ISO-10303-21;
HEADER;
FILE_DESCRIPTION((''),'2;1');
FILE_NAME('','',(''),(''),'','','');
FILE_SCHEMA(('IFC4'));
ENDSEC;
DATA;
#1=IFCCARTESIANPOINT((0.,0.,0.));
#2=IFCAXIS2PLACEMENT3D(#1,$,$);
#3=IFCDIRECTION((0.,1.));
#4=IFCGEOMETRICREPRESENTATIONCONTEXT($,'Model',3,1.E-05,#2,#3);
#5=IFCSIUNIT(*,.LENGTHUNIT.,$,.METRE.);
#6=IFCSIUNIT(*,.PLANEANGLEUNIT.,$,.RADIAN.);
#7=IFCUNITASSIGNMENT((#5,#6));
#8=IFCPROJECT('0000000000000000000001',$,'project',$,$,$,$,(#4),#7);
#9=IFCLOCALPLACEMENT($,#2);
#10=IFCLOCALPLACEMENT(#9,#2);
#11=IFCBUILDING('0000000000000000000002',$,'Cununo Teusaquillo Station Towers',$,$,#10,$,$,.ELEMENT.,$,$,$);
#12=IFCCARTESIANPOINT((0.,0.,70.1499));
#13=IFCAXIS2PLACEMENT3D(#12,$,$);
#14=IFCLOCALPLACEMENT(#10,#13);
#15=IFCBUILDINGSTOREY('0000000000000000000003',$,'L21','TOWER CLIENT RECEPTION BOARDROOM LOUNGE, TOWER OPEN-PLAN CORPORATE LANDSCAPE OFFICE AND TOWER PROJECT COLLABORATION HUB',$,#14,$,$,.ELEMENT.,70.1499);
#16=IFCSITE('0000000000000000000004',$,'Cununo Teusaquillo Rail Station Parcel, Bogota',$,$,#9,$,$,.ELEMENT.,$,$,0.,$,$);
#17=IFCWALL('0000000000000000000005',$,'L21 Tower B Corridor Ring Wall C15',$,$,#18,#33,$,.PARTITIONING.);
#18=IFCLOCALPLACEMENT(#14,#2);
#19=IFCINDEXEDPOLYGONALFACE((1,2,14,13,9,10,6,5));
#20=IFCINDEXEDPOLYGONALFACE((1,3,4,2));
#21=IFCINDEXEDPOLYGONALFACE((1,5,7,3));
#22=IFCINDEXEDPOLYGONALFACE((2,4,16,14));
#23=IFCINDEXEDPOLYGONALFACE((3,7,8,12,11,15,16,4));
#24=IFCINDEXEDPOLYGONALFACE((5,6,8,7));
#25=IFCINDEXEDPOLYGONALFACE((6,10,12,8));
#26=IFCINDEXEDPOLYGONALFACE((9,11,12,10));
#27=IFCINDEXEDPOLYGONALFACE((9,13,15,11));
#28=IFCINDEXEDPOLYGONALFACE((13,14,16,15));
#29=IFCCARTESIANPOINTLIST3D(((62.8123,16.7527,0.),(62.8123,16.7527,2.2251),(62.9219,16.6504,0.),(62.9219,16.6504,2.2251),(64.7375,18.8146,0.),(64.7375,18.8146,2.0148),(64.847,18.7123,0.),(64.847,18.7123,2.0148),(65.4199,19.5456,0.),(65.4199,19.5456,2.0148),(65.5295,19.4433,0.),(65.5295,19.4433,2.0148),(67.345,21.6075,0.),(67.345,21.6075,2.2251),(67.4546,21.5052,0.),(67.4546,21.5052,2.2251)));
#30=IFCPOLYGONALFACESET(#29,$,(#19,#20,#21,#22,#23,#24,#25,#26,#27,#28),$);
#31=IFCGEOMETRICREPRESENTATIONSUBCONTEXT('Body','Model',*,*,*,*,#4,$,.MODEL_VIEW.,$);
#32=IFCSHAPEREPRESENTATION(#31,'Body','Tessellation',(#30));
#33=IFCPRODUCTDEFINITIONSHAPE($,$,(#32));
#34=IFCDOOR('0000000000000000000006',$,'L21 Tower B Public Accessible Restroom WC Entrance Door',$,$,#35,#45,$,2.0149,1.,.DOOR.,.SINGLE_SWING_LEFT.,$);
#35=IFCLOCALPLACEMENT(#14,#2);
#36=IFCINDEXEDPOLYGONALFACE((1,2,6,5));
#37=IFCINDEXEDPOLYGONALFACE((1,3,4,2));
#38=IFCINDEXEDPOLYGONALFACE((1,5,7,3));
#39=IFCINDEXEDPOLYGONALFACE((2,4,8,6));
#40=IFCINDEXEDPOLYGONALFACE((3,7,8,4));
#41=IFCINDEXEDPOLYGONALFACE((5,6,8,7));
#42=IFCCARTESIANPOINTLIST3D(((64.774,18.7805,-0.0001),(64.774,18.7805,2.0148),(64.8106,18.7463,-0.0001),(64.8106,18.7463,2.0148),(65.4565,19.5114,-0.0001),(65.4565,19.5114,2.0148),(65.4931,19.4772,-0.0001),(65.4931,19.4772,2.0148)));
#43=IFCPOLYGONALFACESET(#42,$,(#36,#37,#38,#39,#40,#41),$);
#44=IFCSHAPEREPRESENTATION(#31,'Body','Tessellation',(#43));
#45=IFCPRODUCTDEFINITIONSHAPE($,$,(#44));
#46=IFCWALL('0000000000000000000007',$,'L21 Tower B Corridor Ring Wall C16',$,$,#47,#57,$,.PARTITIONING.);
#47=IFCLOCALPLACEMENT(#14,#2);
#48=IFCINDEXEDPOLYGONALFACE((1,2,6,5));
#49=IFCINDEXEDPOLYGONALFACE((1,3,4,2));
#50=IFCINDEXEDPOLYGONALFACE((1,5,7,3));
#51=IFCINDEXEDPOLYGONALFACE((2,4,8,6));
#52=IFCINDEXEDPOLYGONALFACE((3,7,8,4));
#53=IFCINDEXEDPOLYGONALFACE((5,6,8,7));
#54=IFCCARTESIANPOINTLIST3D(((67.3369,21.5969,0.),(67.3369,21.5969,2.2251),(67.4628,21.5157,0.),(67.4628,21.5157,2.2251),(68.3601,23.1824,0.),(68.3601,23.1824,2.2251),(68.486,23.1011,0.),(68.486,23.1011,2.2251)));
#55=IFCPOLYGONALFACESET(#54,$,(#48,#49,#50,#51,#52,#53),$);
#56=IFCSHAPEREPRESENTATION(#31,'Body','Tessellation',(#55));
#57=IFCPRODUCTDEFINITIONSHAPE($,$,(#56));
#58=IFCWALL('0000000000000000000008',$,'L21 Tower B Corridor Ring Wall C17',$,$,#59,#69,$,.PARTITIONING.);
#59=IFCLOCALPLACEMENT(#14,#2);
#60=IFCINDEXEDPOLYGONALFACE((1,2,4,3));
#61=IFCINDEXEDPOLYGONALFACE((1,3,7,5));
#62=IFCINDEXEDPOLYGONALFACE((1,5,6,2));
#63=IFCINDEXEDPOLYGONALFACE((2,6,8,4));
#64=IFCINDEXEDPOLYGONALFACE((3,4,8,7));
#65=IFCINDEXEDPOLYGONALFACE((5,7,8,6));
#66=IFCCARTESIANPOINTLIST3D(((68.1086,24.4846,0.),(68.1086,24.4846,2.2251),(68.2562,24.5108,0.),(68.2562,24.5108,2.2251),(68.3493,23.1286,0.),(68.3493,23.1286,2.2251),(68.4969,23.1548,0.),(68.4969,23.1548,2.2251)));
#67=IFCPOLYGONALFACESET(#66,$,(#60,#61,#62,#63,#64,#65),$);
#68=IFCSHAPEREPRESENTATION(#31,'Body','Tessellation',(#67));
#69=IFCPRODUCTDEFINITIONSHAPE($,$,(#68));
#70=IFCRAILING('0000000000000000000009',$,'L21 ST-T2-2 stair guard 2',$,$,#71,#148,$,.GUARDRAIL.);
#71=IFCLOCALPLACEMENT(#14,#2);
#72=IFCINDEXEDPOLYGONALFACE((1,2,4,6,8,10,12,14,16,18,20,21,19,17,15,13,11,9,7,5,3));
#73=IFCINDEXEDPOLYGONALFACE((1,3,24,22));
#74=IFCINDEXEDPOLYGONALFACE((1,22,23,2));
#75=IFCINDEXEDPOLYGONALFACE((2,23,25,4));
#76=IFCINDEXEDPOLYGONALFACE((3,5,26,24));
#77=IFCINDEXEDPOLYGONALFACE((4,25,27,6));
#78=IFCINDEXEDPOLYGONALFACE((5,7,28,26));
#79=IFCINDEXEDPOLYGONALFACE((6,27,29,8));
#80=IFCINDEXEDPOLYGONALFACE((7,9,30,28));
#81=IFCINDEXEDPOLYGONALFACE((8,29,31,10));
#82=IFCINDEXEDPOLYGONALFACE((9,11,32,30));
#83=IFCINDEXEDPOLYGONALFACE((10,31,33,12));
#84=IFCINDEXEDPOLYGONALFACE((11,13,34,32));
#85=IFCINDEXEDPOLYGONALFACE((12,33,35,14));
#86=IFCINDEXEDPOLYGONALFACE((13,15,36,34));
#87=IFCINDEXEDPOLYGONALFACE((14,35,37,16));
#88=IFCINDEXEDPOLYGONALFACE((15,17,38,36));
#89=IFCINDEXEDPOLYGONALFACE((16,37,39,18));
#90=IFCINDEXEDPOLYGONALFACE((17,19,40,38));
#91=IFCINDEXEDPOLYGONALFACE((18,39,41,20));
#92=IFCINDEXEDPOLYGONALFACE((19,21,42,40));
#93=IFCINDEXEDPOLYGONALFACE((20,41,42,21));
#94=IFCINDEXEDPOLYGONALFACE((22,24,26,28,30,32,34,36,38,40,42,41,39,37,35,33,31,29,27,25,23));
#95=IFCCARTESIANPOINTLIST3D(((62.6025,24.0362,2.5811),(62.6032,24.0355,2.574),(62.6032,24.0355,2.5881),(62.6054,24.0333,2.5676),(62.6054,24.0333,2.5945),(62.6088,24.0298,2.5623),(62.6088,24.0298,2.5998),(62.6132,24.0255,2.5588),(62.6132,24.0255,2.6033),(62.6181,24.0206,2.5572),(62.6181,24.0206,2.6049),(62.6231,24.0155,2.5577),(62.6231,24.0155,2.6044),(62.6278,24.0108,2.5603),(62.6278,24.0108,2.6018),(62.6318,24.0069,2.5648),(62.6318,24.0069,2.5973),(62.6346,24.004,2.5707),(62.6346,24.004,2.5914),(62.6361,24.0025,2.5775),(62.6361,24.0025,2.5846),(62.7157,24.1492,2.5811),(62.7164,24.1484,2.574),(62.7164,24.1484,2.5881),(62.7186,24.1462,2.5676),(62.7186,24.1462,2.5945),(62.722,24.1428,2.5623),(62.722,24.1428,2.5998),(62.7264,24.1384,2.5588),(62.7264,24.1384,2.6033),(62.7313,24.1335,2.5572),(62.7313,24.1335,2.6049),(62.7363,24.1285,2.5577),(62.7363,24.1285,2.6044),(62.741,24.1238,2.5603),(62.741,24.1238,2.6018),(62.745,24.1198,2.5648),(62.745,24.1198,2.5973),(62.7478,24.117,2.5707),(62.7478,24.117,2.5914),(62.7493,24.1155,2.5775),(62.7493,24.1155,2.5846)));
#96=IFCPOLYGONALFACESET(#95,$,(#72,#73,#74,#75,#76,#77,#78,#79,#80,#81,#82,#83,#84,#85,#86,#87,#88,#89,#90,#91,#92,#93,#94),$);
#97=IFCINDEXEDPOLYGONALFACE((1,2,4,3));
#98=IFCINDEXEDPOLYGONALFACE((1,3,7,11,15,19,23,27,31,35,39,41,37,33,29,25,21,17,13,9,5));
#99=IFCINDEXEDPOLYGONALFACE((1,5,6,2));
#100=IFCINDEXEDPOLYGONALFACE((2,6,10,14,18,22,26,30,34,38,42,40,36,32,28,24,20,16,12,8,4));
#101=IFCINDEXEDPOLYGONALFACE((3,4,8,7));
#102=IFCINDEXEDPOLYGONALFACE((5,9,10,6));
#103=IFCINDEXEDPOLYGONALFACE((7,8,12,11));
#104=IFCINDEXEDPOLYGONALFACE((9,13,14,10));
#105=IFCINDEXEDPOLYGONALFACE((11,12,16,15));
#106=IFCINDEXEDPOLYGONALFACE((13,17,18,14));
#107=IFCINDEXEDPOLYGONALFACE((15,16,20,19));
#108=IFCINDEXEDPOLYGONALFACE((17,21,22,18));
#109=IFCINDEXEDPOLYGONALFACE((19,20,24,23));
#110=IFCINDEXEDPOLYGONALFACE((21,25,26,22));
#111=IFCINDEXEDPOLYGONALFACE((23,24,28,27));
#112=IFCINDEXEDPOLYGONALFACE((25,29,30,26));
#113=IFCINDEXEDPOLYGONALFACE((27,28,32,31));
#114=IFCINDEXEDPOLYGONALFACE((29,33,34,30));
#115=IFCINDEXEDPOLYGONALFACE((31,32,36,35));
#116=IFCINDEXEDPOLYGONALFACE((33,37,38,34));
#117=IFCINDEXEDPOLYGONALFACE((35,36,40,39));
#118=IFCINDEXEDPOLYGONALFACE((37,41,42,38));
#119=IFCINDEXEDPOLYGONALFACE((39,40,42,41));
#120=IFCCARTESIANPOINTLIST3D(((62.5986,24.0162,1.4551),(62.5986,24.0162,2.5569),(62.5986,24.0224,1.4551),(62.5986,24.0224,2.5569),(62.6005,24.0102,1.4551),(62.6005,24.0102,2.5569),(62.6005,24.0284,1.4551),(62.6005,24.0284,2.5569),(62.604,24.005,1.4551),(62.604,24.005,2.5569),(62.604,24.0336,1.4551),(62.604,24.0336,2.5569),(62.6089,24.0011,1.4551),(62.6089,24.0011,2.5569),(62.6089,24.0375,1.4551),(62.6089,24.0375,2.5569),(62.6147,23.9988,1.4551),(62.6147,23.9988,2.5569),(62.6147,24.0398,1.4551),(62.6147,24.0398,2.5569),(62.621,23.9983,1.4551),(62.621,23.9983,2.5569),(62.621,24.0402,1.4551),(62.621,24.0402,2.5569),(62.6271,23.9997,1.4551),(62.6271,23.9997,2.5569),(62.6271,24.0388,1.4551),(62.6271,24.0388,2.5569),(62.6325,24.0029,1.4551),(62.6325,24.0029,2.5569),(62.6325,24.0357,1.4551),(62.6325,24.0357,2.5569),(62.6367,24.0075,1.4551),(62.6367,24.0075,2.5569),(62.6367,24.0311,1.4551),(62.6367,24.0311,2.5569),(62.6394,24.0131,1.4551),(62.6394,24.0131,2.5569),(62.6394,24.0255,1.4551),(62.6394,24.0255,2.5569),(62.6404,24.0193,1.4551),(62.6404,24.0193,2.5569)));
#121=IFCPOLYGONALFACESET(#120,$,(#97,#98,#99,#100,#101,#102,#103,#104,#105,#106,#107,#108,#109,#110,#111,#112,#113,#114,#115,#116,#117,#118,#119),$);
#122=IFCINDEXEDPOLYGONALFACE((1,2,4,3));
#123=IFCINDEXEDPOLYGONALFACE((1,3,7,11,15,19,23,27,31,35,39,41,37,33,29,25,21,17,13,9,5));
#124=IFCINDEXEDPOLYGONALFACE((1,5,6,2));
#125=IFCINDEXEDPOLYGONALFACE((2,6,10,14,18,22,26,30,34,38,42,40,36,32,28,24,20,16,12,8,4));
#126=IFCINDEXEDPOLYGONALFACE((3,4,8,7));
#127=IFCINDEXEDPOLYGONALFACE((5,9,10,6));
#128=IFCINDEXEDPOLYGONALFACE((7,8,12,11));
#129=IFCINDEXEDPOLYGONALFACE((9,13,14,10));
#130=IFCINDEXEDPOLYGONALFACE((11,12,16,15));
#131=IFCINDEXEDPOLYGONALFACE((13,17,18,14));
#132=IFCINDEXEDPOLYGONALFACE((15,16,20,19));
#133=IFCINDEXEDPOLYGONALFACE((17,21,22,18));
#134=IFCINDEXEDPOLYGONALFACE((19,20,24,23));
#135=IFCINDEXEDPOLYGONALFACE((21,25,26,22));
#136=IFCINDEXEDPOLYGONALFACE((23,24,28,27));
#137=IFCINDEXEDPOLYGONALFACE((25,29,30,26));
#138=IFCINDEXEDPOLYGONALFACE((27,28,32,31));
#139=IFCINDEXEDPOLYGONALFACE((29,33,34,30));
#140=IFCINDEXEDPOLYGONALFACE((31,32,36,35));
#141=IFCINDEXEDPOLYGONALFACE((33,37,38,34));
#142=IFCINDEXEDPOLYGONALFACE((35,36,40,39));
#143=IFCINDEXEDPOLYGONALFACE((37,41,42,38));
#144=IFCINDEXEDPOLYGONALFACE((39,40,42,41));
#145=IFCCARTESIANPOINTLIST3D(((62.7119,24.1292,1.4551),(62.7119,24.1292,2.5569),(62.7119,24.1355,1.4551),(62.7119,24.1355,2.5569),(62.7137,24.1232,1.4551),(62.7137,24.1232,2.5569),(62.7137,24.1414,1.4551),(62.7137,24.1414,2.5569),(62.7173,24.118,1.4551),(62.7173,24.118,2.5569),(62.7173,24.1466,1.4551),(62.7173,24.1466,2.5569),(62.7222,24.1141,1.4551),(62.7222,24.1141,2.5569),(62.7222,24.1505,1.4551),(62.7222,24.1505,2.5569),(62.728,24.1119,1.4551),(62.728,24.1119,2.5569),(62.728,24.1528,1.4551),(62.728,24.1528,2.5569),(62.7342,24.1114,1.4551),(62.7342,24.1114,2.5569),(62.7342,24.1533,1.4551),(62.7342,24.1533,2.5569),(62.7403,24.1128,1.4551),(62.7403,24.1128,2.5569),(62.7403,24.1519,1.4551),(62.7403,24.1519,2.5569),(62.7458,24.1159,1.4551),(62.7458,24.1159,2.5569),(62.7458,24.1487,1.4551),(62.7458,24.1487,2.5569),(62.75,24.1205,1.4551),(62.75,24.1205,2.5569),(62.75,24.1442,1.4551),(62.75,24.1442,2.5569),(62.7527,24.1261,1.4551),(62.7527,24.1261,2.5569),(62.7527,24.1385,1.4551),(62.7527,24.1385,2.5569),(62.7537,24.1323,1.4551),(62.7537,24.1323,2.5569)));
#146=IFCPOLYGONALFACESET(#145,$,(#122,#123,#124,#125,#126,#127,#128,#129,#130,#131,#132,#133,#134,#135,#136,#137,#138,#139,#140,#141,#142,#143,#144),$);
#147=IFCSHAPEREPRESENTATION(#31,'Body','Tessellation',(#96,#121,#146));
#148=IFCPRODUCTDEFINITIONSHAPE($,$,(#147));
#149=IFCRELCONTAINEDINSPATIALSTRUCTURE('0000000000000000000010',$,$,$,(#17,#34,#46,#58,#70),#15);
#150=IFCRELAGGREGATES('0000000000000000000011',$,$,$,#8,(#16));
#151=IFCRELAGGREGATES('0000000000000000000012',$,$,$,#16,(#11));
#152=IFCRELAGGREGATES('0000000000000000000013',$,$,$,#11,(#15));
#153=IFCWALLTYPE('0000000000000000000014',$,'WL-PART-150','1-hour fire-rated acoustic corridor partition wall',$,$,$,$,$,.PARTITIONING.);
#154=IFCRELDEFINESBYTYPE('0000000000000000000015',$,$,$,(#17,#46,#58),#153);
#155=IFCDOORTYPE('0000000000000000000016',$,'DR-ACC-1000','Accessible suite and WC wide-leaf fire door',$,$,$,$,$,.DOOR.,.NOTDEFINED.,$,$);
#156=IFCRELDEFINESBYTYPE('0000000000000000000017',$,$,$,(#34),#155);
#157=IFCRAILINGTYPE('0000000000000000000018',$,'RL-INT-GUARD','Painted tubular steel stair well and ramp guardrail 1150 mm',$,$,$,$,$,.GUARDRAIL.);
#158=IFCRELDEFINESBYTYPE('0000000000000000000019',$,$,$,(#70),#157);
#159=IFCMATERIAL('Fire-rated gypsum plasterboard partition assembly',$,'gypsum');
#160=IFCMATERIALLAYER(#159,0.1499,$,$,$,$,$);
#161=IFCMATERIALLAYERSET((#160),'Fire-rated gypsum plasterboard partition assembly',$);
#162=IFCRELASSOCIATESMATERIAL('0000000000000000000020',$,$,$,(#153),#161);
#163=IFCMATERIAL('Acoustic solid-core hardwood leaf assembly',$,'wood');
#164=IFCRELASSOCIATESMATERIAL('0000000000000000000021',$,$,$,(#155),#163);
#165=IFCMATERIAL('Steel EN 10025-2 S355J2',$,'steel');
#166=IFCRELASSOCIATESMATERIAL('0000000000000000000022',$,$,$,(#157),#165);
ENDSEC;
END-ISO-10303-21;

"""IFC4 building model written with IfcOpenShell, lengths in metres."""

from ifc_helpers import new_model, si_unit, direction, frame, frame_2d, origin, origin_2d, place, context, subcontext, project, spatial, rectangle, circle, extrude, source, transform, mapped, material, layer, layer_set, type_object, element, fill, save


model = new_model("IFC4")

# Units and contexts
model_context = context("Model", 3, precision=1e-05, world=origin(), true_north=direction((0.0, 1.0)))
body_context = subcontext(model_context, "Body", "Model", "MODEL_VIEW")
ifc_project = project(units=[si_unit("LENGTHUNIT", "METRE"), si_unit("PLANEANGLEUNIT", "RADIAN")], contexts=[model_context])

# Site, building, storey
site_placement = place(None, origin())
site = spatial("IfcSite", under=ifc_project, at=site_placement, Name="Cununo Teusaquillo Rail Station Parcel, Bogota", CompositionType="ELEMENT", RefElevation=0.0)
building_placement = place(site_placement, origin())
building = spatial("IfcBuilding", under=site, at=building_placement, Name="Cununo Teusaquillo Station Towers", CompositionType="ELEMENT")
storey_placement = place(building_placement, frame((0.0, 0.0, 70.1499)))
storey = spatial("IfcBuildingStorey", under=building, at=storey_placement, Name="L21", Description="TOWER CLIENT RECEPTION BOARDROOM LOUNGE, TOWER OPEN-PLAN CORPORATE LANDSCAPE OFFICE AND TOWER PROJECT COLLABORATION HUB", CompositionType="ELEMENT", Elevation=70.1499)

# Wall, opening, door
ifc_material_1 = material(Name="Fire-rated gypsum plasterboard partition assembly", Category="gypsum")
ifc_layer_1 = layer(ifc_material_1, 0.1499)
ifc_layer_set_1 = layer_set([ifc_layer_1], Name="Fire-rated gypsum plasterboard partition assembly")
wall_type_1 = type_object("IfcWallType", Name="WL-PART-150", Description="1-hour fire-rated acoustic corridor partition wall", PredefinedType="PARTITIONING", material=ifc_layer_set_1)
wall_1_placement = place(storey_placement, frame((62.8672, 16.7017, 0.0), z_axis=(0.0, 0.0, 1.0), x_axis=(0.682449, 0.730933, 0.0)))
wall_1 = element("IfcWall", 1, at=wall_1_placement, inside=storey, type_object=wall_type_1, Name="L21 Tower B Corridor Ring Wall C15", PredefinedType="PARTITIONING", context=body_context, shape_type="SweptSolid", body=[
    extrude(rectangle(XDim=6.6418, YDim=0.1499, at=frame_2d((3.3208, 0.0))), origin(), (0.0, 0.0, 1.0), 2.2251),
])
shared_shape_1 = source(origin(), body_context, "Body", "SweptSolid", [
    extrude(rectangle(XDim=1.0, YDim=2.0149, at=frame_2d((0.5, 1.0073))), frame((0.0, 0.085, 0.0), z_axis=(0.0, -1.0, 0.0), x_axis=(1.0, 0.0, 0.0)), (0.0, 0.0, 1.0), 0.1699),
])
opening_1_placement = place(wall_1_placement, frame((2.8208, 0.0, 0.0)))
opening_1 = element("IfcOpeningElement", 2, at=opening_1_placement, cuts=wall_1, PredefinedType="OPENING", context=body_context, shape_type="MappedRepresentation", body=[
    mapped(shared_shape_1, transform((0.0, 0.0, 0.0), x_axis=(1.0, 0.0, 0.0), y_axis=(0.0, 1.0, 0.0), z_axis=(0.0, 0.0, 1.0), scale=1.0)),
])
ifc_material_2 = material(Name="Acoustic solid-core hardwood leaf assembly", Category="wood")
door_type_1 = type_object("IfcDoorType", Name="DR-ACC-1000", Description="Accessible suite and WC wide-leaf fire door", OperationType="NOTDEFINED", PredefinedType="DOOR", material=ifc_material_2)
shared_shape_2 = source(origin(), body_context, "Body", "SweptSolid", [
    extrude(rectangle(XDim=1.0, YDim=2.0149, at=frame_2d((0.5, 1.0073))), frame((0.0, 0.0249, 0.0), z_axis=(0.0, -1.0, 0.0), x_axis=(1.0, 0.0, 0.0)), (0.0, 0.0, 1.0), 0.05),
])
door_1_placement = place(opening_1_placement, origin())
door_1 = element("IfcDoor", 3, at=door_1_placement, inside=storey, type_object=door_type_1, Name="L21 Tower B Public Accessible Restroom WC Entrance Door", OperationType="SINGLE_SWING_LEFT", OverallHeight=2.0149, OverallWidth=1.0, PredefinedType="DOOR", context=body_context, shape_type="MappedRepresentation", body=[
    mapped(shared_shape_2, transform((0.0, 0.0, 0.0), x_axis=(1.0, 0.0, 0.0), y_axis=(0.0, 1.0, 0.0), z_axis=(0.0, 0.0, 1.0), scale=1.0)),
])
fill(opening_1, door_1)

# Walls
wall_2_placement = place(storey_placement, frame((67.3999, 21.5564, 0.0), z_axis=(0.0, 0.0, 1.0), x_axis=(0.542248, 0.840219, 0.0)))
element("IfcWall", 4, at=wall_2_placement, inside=storey, type_object=wall_type_1, Name="L21 Tower B Corridor Ring Wall C16", PredefinedType="PARTITIONING", context=body_context, shape_type="SweptSolid", body=[
    extrude(rectangle(XDim=1.887, YDim=0.1499, at=frame_2d((0.9434, 0.0))), origin(), (0.0, 0.0, 1.0), 2.2251),
])
wall_3_placement = place(storey_placement, frame((68.4231, 23.1418, 0.0), z_axis=(0.0, 0.0, 1.0), x_axis=(-0.174797, 0.984605, 0.0)))
element("IfcWall", 5, at=wall_3_placement, inside=storey, type_object=wall_type_1, Name="L21 Tower B Corridor Ring Wall C17", PredefinedType="PARTITIONING", context=body_context, shape_type="SweptSolid", body=[
    extrude(rectangle(XDim=1.3772, YDim=0.1499, at=frame_2d((0.6885, 0.0))), origin(), (0.0, 0.0, 1.0), 2.2251),
])

# Railing
ifc_material_3 = material(Name="Steel EN 10025-2 S355J2", Category="steel")
railing_type = type_object("IfcRailingType", Name="RL-INT-GUARD", Description="Painted tubular steel stair well and ramp guardrail 1150 mm", PredefinedType="GUARDRAIL", material=ifc_material_3)
railing_1_placement = place(storey_placement, frame((62.6194, 24.0193, 1.4551)))
element("IfcRailing", 6, at=railing_1_placement, inside=storey, type_object=railing_type, Name="L21 ST-T2-2 stair guard 2", PredefinedType="GUARDRAIL", context=body_context, shape_type="SweptSolid", body=[
    extrude(circle(Radius=0.0239, at=origin_2d()), frame((0.0, 0.0, 1.126), z_axis=(0.707869, 0.706344, 0.0), x_axis=(-0.706344, 0.707869, 0.0)), (0.0, 0.0, 1.0), 0.1599),
    extrude(circle(Radius=0.021, at=origin_2d()), origin(), (0.0, 0.0, 1.0), 1.1018),
    extrude(circle(Radius=0.021, at=origin_2d()), frame((0.1133, 0.113, 0.0)), (0.0, 0.0, 1.0), 1.1018),
])

save(model, "model.ifc")
